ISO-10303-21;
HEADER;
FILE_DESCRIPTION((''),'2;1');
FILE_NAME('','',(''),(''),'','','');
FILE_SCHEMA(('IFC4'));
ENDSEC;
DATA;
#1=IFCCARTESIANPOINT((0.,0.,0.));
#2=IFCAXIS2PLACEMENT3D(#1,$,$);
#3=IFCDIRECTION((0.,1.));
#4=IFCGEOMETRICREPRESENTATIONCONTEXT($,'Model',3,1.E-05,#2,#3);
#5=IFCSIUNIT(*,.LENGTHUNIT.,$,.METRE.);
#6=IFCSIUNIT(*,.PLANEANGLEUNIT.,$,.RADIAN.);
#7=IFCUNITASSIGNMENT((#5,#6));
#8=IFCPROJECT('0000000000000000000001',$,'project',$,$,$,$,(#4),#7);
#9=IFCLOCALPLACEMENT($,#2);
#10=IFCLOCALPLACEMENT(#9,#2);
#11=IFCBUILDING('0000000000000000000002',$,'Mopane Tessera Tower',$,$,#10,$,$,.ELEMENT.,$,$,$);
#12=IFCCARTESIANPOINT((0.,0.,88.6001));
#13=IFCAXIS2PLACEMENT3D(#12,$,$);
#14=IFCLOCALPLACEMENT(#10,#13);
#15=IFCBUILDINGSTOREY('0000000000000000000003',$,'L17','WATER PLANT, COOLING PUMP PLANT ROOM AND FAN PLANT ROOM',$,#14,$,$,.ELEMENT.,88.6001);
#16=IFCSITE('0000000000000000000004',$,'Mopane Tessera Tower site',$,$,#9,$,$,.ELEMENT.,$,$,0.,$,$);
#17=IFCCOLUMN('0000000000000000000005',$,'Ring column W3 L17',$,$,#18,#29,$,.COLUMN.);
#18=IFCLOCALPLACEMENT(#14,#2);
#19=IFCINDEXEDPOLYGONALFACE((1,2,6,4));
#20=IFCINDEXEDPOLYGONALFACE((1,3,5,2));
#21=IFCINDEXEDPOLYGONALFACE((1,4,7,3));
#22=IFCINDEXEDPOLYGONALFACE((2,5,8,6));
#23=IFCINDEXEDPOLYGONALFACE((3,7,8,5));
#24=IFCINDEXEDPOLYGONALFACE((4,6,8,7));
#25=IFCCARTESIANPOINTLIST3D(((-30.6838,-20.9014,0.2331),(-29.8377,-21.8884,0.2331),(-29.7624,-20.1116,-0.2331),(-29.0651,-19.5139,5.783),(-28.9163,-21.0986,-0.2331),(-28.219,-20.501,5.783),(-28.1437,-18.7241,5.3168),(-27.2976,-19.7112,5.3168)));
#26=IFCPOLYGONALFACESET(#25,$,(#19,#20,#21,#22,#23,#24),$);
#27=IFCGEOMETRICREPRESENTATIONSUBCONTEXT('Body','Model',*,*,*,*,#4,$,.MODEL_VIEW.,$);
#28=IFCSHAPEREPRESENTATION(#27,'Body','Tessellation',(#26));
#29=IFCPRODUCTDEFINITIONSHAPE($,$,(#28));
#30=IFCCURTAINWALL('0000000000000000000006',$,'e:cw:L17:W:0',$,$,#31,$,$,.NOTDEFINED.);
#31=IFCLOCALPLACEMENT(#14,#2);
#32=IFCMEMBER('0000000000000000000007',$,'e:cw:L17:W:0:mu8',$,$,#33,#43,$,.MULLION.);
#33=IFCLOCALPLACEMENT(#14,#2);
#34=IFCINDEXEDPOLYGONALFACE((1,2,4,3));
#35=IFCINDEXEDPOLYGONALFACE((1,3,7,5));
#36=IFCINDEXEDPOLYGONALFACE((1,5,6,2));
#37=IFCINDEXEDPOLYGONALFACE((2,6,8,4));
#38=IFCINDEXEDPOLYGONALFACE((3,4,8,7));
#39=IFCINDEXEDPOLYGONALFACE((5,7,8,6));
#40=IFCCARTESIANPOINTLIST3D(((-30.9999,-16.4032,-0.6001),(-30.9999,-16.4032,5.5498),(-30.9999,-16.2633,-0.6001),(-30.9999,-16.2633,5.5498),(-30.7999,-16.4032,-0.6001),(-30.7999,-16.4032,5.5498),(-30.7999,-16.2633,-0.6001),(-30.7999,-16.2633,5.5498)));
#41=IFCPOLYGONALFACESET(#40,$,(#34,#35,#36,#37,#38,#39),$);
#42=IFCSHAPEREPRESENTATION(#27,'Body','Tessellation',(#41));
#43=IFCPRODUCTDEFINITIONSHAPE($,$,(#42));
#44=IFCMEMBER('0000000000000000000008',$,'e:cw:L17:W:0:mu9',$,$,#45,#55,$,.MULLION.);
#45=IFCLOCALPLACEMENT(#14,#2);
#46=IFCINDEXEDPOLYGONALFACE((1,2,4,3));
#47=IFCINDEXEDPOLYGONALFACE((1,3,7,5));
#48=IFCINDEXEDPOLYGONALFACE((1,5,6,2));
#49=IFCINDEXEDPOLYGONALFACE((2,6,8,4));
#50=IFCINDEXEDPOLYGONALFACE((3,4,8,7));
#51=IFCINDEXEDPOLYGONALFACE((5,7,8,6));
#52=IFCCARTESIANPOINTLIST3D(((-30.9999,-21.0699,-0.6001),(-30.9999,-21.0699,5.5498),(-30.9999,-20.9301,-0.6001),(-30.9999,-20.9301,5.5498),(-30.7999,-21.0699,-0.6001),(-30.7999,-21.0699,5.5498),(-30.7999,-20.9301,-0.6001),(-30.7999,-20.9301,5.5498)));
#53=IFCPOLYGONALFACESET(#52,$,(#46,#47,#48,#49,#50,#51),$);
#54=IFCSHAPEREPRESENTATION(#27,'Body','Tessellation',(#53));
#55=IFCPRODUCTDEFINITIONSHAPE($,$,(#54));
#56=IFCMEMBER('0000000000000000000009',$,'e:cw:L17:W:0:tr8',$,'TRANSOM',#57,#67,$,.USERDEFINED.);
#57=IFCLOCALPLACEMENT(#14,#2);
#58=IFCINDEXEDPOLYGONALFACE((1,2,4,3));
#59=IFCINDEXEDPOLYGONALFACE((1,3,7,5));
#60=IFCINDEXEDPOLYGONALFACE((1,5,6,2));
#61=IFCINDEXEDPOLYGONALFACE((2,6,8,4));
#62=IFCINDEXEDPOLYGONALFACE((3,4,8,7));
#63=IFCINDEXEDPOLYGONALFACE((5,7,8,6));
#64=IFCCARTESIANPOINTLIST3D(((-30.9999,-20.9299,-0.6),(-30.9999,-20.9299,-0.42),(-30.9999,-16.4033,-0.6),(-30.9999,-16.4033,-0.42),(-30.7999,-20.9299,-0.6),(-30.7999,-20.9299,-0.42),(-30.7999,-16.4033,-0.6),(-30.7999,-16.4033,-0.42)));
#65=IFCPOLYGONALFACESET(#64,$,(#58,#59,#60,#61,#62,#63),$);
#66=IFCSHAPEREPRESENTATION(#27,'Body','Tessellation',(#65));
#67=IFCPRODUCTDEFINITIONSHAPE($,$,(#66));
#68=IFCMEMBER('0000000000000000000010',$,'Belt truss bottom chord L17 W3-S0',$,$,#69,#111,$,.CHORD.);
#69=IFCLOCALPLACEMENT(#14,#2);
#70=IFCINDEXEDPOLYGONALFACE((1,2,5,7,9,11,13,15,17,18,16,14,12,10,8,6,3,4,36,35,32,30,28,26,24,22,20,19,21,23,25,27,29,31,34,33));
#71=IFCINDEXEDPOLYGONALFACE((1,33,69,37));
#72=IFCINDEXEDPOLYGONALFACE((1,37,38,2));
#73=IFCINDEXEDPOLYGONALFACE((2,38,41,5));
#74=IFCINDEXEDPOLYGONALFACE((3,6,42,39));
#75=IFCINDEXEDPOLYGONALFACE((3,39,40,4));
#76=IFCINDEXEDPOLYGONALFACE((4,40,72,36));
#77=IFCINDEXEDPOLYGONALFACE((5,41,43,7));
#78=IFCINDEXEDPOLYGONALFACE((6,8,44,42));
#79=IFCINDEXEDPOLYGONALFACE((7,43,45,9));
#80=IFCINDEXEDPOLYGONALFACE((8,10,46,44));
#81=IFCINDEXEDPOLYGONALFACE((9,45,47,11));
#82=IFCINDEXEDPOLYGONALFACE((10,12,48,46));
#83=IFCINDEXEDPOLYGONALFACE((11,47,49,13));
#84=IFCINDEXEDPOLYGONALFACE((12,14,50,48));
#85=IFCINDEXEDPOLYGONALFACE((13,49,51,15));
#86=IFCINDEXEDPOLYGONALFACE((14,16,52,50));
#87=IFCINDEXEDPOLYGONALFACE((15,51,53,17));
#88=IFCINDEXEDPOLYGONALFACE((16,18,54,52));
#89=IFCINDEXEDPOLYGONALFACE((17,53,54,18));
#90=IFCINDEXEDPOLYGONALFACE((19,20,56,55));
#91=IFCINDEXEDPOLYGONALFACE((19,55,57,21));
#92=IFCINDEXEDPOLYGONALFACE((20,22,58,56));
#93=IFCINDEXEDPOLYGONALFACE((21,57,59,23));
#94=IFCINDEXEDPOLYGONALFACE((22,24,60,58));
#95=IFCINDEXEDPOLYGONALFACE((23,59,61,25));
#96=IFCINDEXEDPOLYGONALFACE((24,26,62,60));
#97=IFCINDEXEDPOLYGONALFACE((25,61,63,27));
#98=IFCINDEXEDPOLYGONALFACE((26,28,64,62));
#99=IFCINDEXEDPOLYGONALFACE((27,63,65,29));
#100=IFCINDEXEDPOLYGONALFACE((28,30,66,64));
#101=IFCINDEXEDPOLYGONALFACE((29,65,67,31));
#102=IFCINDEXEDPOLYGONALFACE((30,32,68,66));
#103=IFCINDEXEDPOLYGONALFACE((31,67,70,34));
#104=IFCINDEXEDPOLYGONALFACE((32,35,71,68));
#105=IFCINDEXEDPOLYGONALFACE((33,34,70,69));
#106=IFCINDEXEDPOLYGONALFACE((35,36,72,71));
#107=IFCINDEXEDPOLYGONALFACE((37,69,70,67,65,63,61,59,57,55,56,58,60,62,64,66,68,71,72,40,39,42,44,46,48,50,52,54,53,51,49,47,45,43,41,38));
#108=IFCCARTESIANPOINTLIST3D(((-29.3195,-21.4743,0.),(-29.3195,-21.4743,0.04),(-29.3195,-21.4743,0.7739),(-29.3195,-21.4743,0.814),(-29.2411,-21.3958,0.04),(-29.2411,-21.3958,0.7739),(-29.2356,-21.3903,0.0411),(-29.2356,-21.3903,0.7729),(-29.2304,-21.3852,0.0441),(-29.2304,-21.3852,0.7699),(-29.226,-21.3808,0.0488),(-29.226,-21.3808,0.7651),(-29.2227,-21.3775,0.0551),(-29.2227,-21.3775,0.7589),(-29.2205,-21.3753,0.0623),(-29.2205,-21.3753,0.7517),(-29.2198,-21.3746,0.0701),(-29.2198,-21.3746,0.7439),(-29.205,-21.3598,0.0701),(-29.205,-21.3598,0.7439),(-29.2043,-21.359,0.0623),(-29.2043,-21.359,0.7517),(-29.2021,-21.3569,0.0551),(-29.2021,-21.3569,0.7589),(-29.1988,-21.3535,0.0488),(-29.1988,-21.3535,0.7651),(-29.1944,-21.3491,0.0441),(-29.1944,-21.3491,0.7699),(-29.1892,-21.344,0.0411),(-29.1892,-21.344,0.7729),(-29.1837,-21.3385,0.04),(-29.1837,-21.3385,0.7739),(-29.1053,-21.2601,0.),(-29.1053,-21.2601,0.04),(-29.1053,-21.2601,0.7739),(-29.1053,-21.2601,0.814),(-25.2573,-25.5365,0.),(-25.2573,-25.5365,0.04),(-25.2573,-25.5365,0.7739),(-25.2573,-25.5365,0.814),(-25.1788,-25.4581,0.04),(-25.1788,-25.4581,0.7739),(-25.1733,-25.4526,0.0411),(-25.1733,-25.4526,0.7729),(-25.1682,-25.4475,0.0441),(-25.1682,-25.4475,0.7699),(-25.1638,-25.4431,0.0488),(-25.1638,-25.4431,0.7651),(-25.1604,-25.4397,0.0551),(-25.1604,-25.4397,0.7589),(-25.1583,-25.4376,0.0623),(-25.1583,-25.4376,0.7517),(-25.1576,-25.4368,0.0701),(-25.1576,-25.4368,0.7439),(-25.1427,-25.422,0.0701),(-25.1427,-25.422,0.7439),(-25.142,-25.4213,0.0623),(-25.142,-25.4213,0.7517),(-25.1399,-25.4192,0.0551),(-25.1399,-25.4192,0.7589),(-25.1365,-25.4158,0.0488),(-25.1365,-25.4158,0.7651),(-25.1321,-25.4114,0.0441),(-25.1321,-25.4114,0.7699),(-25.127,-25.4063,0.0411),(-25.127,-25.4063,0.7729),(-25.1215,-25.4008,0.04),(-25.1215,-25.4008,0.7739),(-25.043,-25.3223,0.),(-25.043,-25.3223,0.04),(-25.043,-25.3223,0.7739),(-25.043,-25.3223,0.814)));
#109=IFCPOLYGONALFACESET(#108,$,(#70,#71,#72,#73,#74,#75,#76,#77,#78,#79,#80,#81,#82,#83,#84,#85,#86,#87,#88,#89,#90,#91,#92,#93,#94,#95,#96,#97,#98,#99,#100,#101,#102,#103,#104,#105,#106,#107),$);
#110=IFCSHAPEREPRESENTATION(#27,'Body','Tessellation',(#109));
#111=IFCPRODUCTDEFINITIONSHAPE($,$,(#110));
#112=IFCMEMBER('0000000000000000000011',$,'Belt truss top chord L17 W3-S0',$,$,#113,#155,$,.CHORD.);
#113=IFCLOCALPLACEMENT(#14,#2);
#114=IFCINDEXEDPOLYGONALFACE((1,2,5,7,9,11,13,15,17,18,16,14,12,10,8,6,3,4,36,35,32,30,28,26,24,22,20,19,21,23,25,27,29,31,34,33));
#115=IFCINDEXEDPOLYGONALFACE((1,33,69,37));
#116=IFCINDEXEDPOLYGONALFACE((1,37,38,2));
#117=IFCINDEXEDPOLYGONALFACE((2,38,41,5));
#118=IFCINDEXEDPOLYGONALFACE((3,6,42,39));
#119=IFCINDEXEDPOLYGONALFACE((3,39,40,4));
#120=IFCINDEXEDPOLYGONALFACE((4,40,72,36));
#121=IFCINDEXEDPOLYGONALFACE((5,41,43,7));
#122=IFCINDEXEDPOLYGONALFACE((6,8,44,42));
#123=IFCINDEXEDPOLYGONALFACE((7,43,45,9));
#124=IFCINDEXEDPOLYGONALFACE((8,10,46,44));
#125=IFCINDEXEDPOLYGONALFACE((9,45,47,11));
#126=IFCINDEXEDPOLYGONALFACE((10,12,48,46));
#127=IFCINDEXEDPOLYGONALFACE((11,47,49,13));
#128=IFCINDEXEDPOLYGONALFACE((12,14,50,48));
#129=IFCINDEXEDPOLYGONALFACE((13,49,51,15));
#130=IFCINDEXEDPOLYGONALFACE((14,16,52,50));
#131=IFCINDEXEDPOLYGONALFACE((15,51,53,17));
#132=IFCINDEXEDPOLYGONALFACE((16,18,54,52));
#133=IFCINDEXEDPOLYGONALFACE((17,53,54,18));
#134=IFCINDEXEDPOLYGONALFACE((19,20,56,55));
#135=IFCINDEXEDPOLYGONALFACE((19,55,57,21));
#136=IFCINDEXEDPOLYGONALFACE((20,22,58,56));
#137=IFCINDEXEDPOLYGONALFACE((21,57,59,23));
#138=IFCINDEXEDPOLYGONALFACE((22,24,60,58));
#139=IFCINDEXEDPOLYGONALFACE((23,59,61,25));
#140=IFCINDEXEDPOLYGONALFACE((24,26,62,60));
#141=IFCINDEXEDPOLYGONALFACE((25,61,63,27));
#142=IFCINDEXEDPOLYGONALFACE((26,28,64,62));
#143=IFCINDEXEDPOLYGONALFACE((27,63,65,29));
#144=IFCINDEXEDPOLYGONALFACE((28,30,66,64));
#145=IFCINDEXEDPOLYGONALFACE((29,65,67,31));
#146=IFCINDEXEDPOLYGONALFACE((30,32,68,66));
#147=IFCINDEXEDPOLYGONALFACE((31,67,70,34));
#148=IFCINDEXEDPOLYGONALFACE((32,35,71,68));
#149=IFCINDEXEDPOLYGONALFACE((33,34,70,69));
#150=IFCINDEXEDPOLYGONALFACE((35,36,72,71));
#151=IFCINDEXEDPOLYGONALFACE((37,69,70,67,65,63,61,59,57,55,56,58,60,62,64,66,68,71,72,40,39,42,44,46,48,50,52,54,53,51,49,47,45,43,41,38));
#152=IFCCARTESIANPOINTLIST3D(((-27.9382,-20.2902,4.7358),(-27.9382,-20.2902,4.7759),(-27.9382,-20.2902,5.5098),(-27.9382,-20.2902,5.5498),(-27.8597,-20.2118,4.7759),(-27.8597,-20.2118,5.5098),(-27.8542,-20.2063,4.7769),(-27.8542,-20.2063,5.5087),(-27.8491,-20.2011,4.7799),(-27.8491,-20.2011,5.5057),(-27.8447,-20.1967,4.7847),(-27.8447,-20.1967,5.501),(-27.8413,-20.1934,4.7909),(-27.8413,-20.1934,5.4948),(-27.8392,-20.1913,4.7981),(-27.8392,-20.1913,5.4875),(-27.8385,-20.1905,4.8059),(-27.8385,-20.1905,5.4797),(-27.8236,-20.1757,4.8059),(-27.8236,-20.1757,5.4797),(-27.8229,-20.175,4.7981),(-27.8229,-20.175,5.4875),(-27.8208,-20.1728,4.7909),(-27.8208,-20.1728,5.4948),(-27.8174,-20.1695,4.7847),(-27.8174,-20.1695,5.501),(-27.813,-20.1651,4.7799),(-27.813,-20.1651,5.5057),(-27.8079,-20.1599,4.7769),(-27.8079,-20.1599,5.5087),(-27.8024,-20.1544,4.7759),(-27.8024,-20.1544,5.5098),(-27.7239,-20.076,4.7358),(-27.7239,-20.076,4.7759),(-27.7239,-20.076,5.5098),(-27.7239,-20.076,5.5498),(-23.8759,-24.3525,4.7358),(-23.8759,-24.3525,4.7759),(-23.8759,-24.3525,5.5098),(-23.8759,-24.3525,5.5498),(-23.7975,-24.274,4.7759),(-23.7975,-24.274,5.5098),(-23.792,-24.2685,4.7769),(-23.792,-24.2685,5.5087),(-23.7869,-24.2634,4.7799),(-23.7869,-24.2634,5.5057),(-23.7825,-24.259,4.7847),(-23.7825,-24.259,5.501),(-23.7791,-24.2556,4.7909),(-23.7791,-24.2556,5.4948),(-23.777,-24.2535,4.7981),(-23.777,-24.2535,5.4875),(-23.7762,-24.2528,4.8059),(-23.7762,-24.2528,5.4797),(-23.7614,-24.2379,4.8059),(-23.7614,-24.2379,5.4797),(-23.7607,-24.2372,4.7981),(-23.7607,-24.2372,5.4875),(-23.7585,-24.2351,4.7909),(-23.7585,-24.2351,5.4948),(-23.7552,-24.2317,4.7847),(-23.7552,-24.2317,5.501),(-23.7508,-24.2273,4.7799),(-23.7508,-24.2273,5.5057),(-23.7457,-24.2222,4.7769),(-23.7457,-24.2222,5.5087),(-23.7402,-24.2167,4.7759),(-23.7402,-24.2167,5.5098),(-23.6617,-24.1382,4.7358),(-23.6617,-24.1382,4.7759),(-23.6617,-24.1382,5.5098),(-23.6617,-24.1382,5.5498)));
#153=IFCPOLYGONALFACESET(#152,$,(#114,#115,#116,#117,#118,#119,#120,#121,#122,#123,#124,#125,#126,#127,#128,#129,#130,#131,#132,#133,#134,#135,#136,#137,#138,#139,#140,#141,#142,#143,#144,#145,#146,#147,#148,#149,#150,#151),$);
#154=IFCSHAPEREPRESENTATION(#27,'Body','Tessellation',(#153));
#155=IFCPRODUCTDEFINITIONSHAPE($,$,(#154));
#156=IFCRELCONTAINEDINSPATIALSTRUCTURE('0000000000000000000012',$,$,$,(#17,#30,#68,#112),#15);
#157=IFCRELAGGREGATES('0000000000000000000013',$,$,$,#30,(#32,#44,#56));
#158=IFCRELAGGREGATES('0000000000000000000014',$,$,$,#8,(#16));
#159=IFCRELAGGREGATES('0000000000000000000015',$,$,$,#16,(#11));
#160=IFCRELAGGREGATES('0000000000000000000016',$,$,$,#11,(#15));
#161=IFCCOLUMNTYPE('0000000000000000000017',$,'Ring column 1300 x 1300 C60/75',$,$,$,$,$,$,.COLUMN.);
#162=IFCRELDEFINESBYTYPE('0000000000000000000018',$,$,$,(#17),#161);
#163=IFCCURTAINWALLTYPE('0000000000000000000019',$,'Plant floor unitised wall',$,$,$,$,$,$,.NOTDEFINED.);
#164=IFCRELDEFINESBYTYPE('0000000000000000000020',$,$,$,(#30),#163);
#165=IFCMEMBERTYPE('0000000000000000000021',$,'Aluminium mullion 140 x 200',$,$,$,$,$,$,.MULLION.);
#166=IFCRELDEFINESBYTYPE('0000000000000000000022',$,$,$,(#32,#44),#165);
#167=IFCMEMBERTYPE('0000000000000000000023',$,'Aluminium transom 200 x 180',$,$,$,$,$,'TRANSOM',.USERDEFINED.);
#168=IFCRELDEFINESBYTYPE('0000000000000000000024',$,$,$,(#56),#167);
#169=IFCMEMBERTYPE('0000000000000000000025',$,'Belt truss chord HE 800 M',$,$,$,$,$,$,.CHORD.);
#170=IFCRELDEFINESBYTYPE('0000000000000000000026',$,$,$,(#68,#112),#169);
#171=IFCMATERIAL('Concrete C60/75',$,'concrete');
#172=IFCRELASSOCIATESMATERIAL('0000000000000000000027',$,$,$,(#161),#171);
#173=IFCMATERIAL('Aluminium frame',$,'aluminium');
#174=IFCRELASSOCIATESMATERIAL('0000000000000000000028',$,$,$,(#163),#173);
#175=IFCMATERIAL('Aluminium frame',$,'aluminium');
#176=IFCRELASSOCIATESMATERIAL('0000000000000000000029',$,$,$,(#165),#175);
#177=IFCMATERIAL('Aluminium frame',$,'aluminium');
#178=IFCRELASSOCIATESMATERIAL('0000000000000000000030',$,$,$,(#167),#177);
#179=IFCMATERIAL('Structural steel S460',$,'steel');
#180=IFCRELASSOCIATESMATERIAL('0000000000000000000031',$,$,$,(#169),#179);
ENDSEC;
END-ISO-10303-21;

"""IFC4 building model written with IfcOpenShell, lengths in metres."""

from ifc_helpers import new_model, si_unit, direction, frame, origin, origin_2d, place, context, subcontext, project, spatial, rectangle, i_section, extrude, material, material_profile, profile_set, type_object, element, aggregate, save


model = new_model("IFC4")

# Units and contexts
model_context = context("Model", 3, precision=1e-05, world=origin(), true_north=direction((0.0, 1.0)))
body_context = subcontext(model_context, "Body", "Model", "MODEL_VIEW")
ifc_project = project(units=[si_unit("LENGTHUNIT", "METRE"), si_unit("PLANEANGLEUNIT", "RADIAN")], contexts=[model_context])

# Site, building, storey
site_placement = place(None, origin())
site = spatial("IfcSite", under=ifc_project, at=site_placement, Name="Mopane Tessera Tower site", CompositionType="ELEMENT", RefElevation=0.0)
building_placement = place(site_placement, origin())
building = spatial("IfcBuilding", under=site, at=building_placement, Name="Mopane Tessera Tower", CompositionType="ELEMENT")
storey_placement = place(building_placement, frame((0.0, 0.0, 88.6001)))
storey = spatial("IfcBuildingStorey", under=building, at=storey_placement, Name="L17", Description="WATER PLANT, COOLING PUMP PLANT ROOM AND FAN PLANT ROOM", CompositionType="ELEMENT", Elevation=88.6001)

# Column
ifc_material_1 = material(Name="Concrete C60/75", Category="concrete")
ifc_material_profile_1 = material_profile(ifc_material_1, rectangle(XDim=1.3, YDim=1.3, at=origin_2d()))
ifc_profile_set_1 = profile_set([ifc_material_profile_1], Name="Concrete C60/75")
column_type = type_object("IfcColumnType", Name="Ring column 1300 x 1300 C60/75", PredefinedType="COLUMN", material=ifc_profile_set_1)
column_placement = place(storey_placement, frame((-29.8, -21.0, 0.0), z_axis=(0.272262, 0.233373, 0.933494), x_axis=(-0.650801, 0.759249, 0.0)))
element("IfcColumn", 1, at=column_placement, inside=storey, type_object=column_type, Name="Ring column W3 L17", PredefinedType="COLUMN", context=body_context, shape_type="SweptSolid", body=[
    extrude(rectangle(XDim=1.3, YDim=1.3, at=origin_2d()), origin(), (0.0, 0.0, 1.0), 5.9453),
])

# Curtain wall, members
ifc_material_2 = material(Name="Aluminium frame", Category="aluminium")
curtain_wall_type = type_object("IfcCurtainWallType", Name="Plant floor unitised wall", PredefinedType="NOTDEFINED", material=ifc_material_2)
curtain_wall_placement = place(storey_placement, origin())
curtain_wall = element("IfcCurtainWall", 2, at=curtain_wall_placement, inside=storey, type_object=curtain_wall_type, Name="e:cw:L17:W:0", PredefinedType="NOTDEFINED")
ifc_material_3 = material(Name="Aluminium frame", Category="aluminium")
ifc_material_profile_2 = material_profile(ifc_material_3, rectangle(XDim=0.1399, YDim=0.2, at=origin_2d()))
ifc_profile_set_2 = profile_set([ifc_material_profile_2], Name="Aluminium frame")
member_type_1 = type_object("IfcMemberType", Name="Aluminium mullion 140 x 200", PredefinedType="MULLION", material=ifc_profile_set_2)
member_1_placement = place(storey_placement, frame((-30.8999, -16.3333, -0.6001), z_axis=(0.0, 0.0, 1.0), x_axis=(0.0, -1.0, 0.0)))
member_1 = element("IfcMember", 3, at=member_1_placement, type_object=member_type_1, Name="e:cw:L17:W:0:mu8", PredefinedType="MULLION", context=body_context, shape_type="SweptSolid", body=[
    extrude(rectangle(XDim=0.1399, YDim=0.2, at=origin_2d()), origin(), (0.0, 0.0, 1.0), 6.1499),
])
member_2_placement = place(storey_placement, frame((-30.8999, -21.0, -0.6001), z_axis=(0.0, 0.0, 1.0), x_axis=(0.0, -1.0, 0.0)))
member_2 = element("IfcMember", 4, at=member_2_placement, type_object=member_type_1, Name="e:cw:L17:W:0:mu9", PredefinedType="MULLION", context=body_context, shape_type="SweptSolid", body=[
    extrude(rectangle(XDim=0.1399, YDim=0.2, at=origin_2d()), origin(), (0.0, 0.0, 1.0), 6.1499),
])
ifc_material_4 = material(Name="Aluminium frame", Category="aluminium")
ifc_material_profile_3 = material_profile(ifc_material_4, rectangle(XDim=0.2, YDim=0.1799, at=origin_2d()))
ifc_profile_set_3 = profile_set([ifc_material_profile_3], Name="Aluminium frame")
member_type_2 = type_object("IfcMemberType", Name="Aluminium transom 200 x 180", ElementType="TRANSOM", PredefinedType="USERDEFINED", material=ifc_profile_set_3)
member_3_placement = place(storey_placement, frame((-30.8999, -16.4033, -0.51), z_axis=(0.0, -1.0, 0.0), x_axis=(1.0, 0.0, 0.0)))
member_3 = element("IfcMember", 5, at=member_3_placement, type_object=member_type_2, Name="e:cw:L17:W:0:tr8", ObjectType="TRANSOM", PredefinedType="USERDEFINED", context=body_context, shape_type="SweptSolid", body=[
    extrude(rectangle(XDim=0.2, YDim=0.1799, at=origin_2d()), origin(), (0.0, 0.0, 1.0), 4.5266),
])

# Members
ifc_material_5 = material(Name="Structural steel S460", Category="steel")
ifc_material_profile_4 = material_profile(ifc_material_5, i_section(OverallWidth=0.303, OverallDepth=0.814, WebThickness=0.021, FlangeThickness=0.04, FilletRadius=0.03, at=origin_2d()))
ifc_profile_set_4 = profile_set([ifc_material_profile_4], Name="Structural steel S460")
member_type_3 = type_object("IfcMemberType", Name="Belt truss chord HE 800 M", PredefinedType="CHORD", material=ifc_profile_set_4)
for number, where, z_axis, x_axis, name in (
    (6, (-29.2124, -21.3672, 0.407), (0.707107, -0.707107, 0.0), (0.707107, 0.707107, 0.0), "Belt truss bottom chord L17 W3-S0"),
    (7, (-27.8311, -20.1831, 5.1428), (0.707107, -0.707107, 0.0), (0.707107, 0.707107, 0.0), "Belt truss top chord L17 W3-S0"),
):
    element("IfcMember", number, at=place(storey_placement, frame(where, z_axis=z_axis, x_axis=x_axis)), inside=storey, type_object=member_type_3, Name=name, PredefinedType="CHORD", context=body_context, shape_type="SweptSolid", body=[
        extrude(i_section(OverallWidth=0.303, OverallDepth=0.814, WebThickness=0.021, FlangeThickness=0.04, FilletRadius=0.03, at=origin_2d()), origin(), (0.0, 0.0, 1.0), 5.7449),
    ])

aggregate(curtain_wall, [member_1, member_2, member_3])

save(model, "model.ifc")
